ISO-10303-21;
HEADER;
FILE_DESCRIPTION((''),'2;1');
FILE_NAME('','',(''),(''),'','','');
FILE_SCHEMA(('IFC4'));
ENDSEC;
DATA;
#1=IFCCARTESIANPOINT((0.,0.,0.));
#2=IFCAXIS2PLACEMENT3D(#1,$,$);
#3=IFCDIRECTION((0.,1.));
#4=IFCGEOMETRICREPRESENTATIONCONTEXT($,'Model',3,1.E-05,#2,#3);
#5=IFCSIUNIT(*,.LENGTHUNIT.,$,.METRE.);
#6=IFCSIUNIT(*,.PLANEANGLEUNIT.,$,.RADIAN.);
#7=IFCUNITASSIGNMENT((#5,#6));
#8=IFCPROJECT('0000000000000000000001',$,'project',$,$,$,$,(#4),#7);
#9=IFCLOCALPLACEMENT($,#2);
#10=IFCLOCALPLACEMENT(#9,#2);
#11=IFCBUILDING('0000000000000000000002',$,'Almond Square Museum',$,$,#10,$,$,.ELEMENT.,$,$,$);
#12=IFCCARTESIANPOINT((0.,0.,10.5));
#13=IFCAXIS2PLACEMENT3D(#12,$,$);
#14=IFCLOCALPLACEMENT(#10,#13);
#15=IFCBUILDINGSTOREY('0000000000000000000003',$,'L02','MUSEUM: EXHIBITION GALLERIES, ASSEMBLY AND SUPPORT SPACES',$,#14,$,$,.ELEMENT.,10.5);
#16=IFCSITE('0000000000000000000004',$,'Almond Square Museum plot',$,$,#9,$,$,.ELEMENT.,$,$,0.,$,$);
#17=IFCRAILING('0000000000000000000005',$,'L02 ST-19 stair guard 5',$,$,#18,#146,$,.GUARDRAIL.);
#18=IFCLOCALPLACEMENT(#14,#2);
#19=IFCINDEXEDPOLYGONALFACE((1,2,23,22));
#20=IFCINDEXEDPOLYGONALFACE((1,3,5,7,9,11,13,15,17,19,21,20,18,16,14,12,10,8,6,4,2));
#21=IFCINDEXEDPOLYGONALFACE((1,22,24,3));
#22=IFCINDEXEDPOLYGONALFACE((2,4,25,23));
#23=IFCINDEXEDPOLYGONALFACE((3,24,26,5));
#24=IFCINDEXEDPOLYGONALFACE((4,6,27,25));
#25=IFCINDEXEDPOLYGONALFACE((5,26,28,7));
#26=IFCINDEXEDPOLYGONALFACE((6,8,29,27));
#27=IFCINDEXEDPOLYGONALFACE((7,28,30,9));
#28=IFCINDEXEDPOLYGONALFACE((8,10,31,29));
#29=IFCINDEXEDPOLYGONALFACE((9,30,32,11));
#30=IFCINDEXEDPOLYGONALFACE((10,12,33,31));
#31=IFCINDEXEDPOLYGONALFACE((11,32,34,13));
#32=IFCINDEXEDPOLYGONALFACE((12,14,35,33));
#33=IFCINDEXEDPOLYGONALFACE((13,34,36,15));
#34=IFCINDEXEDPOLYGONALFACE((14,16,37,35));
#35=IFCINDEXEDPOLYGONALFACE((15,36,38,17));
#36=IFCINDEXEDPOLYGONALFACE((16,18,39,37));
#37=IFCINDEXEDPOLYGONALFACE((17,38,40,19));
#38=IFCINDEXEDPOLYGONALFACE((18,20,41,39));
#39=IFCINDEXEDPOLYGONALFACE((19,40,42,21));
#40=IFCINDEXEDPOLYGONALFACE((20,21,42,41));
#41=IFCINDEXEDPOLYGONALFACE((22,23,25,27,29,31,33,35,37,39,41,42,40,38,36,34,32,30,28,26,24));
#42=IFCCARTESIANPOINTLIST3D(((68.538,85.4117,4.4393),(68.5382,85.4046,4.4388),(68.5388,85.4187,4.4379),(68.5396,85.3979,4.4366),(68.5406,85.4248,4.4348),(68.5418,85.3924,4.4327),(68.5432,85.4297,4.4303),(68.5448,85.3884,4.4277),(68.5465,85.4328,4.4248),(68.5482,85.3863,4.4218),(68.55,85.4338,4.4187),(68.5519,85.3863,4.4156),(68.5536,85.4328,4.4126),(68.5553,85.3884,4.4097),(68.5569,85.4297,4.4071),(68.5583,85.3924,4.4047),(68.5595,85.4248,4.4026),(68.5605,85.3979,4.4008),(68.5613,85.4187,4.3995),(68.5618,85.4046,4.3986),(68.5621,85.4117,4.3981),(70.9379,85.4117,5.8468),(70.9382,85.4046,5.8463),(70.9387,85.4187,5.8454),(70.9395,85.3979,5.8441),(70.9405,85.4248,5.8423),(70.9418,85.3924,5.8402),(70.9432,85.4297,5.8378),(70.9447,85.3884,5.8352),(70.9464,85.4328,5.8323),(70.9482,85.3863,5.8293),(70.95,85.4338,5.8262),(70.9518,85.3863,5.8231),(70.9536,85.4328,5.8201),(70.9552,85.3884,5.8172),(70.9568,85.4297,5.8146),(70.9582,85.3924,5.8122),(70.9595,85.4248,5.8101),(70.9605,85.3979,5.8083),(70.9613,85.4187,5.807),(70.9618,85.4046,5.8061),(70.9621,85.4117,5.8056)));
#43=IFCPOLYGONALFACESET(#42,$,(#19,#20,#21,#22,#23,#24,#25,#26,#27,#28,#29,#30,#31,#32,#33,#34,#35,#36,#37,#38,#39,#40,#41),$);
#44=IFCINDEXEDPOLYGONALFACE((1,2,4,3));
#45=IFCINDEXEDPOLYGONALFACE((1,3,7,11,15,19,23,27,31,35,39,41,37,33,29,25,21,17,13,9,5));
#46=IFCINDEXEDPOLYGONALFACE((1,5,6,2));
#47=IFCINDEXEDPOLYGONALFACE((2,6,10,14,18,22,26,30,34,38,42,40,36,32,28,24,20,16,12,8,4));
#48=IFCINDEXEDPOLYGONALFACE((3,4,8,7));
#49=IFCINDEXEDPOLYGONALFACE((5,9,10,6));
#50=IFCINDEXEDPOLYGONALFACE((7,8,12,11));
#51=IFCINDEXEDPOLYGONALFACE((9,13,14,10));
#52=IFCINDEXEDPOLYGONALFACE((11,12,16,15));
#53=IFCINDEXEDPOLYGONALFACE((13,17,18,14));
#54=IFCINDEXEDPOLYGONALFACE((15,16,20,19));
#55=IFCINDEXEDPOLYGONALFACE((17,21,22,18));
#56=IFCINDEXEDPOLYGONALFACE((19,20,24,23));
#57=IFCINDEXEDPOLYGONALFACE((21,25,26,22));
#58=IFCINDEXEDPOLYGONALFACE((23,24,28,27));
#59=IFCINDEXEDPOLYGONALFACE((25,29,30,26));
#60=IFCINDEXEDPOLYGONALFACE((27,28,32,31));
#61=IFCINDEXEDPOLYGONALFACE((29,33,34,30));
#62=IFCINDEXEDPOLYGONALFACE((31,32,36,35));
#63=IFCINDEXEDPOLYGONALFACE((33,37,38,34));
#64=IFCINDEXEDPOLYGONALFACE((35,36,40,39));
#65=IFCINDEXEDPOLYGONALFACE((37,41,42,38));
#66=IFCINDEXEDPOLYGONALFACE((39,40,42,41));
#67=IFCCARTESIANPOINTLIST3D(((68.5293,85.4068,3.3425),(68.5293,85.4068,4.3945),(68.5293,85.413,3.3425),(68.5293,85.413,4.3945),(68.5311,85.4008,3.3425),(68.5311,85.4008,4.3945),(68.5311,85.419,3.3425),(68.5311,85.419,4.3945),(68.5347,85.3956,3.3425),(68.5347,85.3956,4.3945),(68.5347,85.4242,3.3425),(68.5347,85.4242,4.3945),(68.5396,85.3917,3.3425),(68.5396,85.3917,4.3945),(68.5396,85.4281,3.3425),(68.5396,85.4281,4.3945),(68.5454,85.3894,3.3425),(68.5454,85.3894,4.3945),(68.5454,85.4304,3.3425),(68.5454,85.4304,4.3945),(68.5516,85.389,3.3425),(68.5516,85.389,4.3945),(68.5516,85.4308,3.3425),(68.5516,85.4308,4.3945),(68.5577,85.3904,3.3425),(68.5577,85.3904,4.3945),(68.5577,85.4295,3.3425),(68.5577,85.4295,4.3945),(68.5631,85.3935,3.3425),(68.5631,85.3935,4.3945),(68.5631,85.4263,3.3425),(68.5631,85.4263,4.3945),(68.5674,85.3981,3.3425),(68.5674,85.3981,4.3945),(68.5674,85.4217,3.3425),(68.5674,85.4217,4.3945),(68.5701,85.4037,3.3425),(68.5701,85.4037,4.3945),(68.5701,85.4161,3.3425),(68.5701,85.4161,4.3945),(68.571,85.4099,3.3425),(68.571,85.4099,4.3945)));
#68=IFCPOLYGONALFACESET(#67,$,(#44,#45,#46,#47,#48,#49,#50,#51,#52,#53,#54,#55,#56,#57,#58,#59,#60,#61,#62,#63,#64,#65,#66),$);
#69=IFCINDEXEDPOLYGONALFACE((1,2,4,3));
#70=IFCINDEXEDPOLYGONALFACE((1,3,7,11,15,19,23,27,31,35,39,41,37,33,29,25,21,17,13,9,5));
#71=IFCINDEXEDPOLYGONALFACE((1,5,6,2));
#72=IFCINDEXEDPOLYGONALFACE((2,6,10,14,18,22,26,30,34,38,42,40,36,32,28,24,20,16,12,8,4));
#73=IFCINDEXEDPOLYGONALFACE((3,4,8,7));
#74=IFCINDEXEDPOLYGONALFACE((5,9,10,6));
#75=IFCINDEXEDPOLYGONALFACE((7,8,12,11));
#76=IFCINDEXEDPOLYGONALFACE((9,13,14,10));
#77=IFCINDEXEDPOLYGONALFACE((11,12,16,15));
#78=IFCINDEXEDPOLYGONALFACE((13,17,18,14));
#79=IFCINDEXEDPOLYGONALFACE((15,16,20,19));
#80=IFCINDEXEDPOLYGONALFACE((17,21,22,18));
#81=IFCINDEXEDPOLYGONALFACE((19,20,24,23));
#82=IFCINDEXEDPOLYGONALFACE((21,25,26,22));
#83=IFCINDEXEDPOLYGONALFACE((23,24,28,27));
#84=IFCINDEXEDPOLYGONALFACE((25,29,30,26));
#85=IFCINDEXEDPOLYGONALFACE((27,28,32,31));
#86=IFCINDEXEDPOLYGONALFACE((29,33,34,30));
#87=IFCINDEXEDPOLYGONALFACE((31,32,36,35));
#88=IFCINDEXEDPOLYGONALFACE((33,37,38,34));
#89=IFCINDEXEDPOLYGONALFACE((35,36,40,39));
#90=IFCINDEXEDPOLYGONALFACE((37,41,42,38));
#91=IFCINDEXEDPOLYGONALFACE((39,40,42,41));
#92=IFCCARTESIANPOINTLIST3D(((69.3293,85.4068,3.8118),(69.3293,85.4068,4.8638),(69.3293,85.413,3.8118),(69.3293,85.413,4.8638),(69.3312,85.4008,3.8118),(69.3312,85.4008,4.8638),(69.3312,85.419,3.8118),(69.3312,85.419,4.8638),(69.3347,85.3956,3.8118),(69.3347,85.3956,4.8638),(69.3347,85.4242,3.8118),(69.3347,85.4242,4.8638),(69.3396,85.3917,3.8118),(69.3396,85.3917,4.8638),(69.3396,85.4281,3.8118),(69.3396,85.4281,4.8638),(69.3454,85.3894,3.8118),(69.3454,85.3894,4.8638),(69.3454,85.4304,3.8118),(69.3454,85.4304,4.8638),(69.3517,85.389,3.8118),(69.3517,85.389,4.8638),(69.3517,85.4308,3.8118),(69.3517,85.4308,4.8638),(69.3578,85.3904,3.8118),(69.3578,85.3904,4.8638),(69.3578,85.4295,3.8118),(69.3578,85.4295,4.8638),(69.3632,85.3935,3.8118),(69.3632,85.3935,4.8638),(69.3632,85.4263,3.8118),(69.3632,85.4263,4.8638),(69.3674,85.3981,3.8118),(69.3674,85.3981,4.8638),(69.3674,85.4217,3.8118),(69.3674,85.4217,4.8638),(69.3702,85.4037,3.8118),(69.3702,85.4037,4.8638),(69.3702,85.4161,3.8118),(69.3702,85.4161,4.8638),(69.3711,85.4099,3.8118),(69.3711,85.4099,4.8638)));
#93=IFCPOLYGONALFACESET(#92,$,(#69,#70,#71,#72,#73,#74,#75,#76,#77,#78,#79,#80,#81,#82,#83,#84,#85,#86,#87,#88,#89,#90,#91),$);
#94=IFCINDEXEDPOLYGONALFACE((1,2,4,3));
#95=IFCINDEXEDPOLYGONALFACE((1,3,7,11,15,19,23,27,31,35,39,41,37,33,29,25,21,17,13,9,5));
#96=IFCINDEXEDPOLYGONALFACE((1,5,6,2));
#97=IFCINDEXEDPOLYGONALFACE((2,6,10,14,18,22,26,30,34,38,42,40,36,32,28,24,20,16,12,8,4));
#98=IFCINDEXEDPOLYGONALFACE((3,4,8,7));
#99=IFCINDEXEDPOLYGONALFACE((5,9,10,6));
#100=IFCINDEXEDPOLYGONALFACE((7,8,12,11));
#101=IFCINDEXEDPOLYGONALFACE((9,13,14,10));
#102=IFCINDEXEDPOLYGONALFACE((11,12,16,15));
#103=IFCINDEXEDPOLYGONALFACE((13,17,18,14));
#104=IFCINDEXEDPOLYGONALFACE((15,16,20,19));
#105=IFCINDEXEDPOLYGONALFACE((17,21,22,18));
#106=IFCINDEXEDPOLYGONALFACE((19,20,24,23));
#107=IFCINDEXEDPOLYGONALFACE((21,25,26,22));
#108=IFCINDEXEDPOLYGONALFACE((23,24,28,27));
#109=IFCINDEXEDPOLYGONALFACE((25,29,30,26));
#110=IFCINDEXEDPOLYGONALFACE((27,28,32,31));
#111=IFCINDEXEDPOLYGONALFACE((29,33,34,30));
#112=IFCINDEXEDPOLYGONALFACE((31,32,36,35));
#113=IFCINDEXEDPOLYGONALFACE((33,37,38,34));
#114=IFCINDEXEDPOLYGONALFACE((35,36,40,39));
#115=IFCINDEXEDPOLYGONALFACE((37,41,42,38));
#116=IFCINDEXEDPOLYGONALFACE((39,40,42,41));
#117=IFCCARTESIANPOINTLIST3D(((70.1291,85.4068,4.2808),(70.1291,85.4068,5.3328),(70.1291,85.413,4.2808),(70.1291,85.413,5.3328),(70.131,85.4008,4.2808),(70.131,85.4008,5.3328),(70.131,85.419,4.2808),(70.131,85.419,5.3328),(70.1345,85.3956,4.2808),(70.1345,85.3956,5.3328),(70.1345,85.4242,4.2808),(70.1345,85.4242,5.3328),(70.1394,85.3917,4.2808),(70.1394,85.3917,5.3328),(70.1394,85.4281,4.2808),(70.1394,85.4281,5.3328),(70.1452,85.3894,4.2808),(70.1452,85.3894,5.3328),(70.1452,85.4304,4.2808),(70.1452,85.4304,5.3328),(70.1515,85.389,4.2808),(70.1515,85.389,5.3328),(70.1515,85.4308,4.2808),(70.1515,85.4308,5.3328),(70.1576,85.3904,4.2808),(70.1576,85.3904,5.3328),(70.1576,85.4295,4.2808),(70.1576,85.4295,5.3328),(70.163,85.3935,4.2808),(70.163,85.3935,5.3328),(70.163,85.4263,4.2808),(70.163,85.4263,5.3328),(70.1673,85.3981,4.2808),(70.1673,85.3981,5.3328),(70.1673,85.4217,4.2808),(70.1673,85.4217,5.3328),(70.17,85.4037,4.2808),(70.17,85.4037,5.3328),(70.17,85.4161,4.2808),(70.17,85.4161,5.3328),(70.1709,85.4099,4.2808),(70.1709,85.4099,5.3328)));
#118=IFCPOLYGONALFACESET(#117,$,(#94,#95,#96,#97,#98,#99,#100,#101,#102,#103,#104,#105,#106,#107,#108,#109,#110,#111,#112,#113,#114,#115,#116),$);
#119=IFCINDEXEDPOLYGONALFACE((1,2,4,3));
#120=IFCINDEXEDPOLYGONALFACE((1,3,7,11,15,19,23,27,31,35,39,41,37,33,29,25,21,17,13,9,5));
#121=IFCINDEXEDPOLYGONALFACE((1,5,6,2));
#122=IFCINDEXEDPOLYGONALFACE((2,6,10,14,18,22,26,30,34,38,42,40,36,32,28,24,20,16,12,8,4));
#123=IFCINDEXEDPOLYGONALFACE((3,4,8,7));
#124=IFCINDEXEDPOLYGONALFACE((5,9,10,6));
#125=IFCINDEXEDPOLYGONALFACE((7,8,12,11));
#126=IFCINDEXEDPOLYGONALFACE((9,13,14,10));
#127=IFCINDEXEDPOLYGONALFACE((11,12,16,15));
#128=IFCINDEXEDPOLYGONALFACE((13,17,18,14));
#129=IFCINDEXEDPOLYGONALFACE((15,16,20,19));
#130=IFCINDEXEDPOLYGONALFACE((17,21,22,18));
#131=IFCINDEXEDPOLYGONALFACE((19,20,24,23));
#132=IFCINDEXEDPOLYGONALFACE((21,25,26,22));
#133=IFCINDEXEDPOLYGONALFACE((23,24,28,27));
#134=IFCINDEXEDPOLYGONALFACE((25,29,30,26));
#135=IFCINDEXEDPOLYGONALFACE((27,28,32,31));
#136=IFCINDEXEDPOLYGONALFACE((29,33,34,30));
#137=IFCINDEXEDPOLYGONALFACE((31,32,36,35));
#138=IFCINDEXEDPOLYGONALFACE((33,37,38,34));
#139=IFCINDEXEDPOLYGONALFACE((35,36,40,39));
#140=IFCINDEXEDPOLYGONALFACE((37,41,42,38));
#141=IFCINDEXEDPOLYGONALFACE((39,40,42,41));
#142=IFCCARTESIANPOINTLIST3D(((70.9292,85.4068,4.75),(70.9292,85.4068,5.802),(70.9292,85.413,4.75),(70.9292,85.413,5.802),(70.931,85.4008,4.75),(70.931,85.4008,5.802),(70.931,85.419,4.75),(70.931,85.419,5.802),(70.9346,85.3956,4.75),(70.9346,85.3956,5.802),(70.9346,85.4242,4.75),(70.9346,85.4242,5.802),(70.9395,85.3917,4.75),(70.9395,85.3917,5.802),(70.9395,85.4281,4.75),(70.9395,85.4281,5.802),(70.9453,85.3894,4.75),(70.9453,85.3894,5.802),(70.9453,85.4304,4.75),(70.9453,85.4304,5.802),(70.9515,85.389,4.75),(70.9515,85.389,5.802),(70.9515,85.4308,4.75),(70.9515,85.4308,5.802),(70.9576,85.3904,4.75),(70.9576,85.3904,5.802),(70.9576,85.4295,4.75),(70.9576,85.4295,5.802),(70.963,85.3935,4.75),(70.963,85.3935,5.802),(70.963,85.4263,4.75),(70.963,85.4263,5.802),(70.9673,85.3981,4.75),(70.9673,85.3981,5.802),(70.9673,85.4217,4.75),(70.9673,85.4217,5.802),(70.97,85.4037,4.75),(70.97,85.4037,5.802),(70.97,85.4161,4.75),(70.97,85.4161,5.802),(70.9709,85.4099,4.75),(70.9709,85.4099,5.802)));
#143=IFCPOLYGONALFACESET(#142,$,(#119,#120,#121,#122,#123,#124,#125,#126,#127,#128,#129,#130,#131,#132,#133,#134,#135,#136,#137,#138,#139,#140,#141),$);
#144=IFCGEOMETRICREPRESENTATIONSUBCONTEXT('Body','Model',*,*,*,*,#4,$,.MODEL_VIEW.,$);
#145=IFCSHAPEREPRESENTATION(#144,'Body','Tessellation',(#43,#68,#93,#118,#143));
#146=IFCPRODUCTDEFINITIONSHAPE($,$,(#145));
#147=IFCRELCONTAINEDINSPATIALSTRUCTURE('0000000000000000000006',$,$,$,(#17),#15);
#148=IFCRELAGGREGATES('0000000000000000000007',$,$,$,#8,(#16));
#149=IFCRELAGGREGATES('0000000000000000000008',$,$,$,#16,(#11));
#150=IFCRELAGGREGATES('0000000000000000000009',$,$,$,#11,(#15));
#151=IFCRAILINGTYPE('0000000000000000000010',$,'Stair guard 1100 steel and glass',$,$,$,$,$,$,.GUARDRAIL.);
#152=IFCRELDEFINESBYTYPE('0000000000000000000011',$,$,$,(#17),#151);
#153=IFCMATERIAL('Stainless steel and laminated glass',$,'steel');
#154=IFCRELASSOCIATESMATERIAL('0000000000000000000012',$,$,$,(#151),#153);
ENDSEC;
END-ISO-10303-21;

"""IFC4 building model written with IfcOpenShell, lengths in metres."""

from ifc_helpers import new_model, si_unit, direction, frame, origin, origin_2d, place, context, subcontext, project, spatial, circle, extrude, material, type_object, element, save


model = new_model("IFC4")

# Units and contexts
model_context = context("Model", 3, precision=1e-05, world=origin(), true_north=direction((0.0, 1.0)))
body_context = subcontext(model_context, "Body", "Model", "MODEL_VIEW")
ifc_project = project(units=[si_unit("LENGTHUNIT", "METRE"), si_unit("PLANEANGLEUNIT", "RADIAN")], contexts=[model_context])

# Site, building, storey
site_placement = place(None, origin())
site = spatial("IfcSite", under=ifc_project, at=site_placement, Name="Almond Square Museum plot", CompositionType="ELEMENT", RefElevation=0.0)
building_placement = place(site_placement, origin())
building = spatial("IfcBuilding", under=site, at=building_placement, Name="Almond Square Museum", CompositionType="ELEMENT")
storey_placement = place(building_placement, frame((0.0, 0.0, 10.5)))
storey = spatial("IfcBuildingStorey", under=building, at=storey_placement, Name="L02", Description="MUSEUM: EXHIBITION GALLERIES, ASSEMBLY AND SUPPORT SPACES", CompositionType="ELEMENT", Elevation=10.5)

# Railing
ifc_material_1 = material(Name="Stainless steel and laminated glass", Category="steel")
railing_type_1 = type_object("IfcRailingType", Name="Stair guard 1100 steel and glass", PredefinedType="GUARDRAIL", material=ifc_material_1)
railing_1_placement = place(storey_placement, frame((68.55, 85.4099, 3.3425)))
element("IfcRailing", 1, at=railing_1_placement, inside=storey, type_object=railing_type_1, Name="L02 ST-19 stair guard 5", PredefinedType="GUARDRAIL", context=body_context, shape_type="SweptSolid", body=[
    extrude(circle(Radius=0.0239, at=origin_2d()), frame((0.0, 0.0, 1.0762), z_axis=(0.862599, 0.0, 0.505888), x_axis=(0.0, 1.0, 0.0)), (0.0, 0.0, 1.0), 2.7822),
    extrude(circle(Radius=0.021, at=origin_2d()), origin(), (0.0, 0.0, 1.0), 1.052),
    extrude(circle(Radius=0.021, at=origin_2d()), frame((0.8, 0.0, 0.4692)), (0.0, 0.0, 1.0), 1.052),
    extrude(circle(Radius=0.021, at=origin_2d()), frame((1.5999, 0.0, 0.9382)), (0.0, 0.0, 1.0), 1.052),
    extrude(circle(Radius=0.021, at=origin_2d()), frame((2.3999, 0.0, 1.4075)), (0.0, 0.0, 1.0), 1.052),
])

save(model, "model.ifc")
